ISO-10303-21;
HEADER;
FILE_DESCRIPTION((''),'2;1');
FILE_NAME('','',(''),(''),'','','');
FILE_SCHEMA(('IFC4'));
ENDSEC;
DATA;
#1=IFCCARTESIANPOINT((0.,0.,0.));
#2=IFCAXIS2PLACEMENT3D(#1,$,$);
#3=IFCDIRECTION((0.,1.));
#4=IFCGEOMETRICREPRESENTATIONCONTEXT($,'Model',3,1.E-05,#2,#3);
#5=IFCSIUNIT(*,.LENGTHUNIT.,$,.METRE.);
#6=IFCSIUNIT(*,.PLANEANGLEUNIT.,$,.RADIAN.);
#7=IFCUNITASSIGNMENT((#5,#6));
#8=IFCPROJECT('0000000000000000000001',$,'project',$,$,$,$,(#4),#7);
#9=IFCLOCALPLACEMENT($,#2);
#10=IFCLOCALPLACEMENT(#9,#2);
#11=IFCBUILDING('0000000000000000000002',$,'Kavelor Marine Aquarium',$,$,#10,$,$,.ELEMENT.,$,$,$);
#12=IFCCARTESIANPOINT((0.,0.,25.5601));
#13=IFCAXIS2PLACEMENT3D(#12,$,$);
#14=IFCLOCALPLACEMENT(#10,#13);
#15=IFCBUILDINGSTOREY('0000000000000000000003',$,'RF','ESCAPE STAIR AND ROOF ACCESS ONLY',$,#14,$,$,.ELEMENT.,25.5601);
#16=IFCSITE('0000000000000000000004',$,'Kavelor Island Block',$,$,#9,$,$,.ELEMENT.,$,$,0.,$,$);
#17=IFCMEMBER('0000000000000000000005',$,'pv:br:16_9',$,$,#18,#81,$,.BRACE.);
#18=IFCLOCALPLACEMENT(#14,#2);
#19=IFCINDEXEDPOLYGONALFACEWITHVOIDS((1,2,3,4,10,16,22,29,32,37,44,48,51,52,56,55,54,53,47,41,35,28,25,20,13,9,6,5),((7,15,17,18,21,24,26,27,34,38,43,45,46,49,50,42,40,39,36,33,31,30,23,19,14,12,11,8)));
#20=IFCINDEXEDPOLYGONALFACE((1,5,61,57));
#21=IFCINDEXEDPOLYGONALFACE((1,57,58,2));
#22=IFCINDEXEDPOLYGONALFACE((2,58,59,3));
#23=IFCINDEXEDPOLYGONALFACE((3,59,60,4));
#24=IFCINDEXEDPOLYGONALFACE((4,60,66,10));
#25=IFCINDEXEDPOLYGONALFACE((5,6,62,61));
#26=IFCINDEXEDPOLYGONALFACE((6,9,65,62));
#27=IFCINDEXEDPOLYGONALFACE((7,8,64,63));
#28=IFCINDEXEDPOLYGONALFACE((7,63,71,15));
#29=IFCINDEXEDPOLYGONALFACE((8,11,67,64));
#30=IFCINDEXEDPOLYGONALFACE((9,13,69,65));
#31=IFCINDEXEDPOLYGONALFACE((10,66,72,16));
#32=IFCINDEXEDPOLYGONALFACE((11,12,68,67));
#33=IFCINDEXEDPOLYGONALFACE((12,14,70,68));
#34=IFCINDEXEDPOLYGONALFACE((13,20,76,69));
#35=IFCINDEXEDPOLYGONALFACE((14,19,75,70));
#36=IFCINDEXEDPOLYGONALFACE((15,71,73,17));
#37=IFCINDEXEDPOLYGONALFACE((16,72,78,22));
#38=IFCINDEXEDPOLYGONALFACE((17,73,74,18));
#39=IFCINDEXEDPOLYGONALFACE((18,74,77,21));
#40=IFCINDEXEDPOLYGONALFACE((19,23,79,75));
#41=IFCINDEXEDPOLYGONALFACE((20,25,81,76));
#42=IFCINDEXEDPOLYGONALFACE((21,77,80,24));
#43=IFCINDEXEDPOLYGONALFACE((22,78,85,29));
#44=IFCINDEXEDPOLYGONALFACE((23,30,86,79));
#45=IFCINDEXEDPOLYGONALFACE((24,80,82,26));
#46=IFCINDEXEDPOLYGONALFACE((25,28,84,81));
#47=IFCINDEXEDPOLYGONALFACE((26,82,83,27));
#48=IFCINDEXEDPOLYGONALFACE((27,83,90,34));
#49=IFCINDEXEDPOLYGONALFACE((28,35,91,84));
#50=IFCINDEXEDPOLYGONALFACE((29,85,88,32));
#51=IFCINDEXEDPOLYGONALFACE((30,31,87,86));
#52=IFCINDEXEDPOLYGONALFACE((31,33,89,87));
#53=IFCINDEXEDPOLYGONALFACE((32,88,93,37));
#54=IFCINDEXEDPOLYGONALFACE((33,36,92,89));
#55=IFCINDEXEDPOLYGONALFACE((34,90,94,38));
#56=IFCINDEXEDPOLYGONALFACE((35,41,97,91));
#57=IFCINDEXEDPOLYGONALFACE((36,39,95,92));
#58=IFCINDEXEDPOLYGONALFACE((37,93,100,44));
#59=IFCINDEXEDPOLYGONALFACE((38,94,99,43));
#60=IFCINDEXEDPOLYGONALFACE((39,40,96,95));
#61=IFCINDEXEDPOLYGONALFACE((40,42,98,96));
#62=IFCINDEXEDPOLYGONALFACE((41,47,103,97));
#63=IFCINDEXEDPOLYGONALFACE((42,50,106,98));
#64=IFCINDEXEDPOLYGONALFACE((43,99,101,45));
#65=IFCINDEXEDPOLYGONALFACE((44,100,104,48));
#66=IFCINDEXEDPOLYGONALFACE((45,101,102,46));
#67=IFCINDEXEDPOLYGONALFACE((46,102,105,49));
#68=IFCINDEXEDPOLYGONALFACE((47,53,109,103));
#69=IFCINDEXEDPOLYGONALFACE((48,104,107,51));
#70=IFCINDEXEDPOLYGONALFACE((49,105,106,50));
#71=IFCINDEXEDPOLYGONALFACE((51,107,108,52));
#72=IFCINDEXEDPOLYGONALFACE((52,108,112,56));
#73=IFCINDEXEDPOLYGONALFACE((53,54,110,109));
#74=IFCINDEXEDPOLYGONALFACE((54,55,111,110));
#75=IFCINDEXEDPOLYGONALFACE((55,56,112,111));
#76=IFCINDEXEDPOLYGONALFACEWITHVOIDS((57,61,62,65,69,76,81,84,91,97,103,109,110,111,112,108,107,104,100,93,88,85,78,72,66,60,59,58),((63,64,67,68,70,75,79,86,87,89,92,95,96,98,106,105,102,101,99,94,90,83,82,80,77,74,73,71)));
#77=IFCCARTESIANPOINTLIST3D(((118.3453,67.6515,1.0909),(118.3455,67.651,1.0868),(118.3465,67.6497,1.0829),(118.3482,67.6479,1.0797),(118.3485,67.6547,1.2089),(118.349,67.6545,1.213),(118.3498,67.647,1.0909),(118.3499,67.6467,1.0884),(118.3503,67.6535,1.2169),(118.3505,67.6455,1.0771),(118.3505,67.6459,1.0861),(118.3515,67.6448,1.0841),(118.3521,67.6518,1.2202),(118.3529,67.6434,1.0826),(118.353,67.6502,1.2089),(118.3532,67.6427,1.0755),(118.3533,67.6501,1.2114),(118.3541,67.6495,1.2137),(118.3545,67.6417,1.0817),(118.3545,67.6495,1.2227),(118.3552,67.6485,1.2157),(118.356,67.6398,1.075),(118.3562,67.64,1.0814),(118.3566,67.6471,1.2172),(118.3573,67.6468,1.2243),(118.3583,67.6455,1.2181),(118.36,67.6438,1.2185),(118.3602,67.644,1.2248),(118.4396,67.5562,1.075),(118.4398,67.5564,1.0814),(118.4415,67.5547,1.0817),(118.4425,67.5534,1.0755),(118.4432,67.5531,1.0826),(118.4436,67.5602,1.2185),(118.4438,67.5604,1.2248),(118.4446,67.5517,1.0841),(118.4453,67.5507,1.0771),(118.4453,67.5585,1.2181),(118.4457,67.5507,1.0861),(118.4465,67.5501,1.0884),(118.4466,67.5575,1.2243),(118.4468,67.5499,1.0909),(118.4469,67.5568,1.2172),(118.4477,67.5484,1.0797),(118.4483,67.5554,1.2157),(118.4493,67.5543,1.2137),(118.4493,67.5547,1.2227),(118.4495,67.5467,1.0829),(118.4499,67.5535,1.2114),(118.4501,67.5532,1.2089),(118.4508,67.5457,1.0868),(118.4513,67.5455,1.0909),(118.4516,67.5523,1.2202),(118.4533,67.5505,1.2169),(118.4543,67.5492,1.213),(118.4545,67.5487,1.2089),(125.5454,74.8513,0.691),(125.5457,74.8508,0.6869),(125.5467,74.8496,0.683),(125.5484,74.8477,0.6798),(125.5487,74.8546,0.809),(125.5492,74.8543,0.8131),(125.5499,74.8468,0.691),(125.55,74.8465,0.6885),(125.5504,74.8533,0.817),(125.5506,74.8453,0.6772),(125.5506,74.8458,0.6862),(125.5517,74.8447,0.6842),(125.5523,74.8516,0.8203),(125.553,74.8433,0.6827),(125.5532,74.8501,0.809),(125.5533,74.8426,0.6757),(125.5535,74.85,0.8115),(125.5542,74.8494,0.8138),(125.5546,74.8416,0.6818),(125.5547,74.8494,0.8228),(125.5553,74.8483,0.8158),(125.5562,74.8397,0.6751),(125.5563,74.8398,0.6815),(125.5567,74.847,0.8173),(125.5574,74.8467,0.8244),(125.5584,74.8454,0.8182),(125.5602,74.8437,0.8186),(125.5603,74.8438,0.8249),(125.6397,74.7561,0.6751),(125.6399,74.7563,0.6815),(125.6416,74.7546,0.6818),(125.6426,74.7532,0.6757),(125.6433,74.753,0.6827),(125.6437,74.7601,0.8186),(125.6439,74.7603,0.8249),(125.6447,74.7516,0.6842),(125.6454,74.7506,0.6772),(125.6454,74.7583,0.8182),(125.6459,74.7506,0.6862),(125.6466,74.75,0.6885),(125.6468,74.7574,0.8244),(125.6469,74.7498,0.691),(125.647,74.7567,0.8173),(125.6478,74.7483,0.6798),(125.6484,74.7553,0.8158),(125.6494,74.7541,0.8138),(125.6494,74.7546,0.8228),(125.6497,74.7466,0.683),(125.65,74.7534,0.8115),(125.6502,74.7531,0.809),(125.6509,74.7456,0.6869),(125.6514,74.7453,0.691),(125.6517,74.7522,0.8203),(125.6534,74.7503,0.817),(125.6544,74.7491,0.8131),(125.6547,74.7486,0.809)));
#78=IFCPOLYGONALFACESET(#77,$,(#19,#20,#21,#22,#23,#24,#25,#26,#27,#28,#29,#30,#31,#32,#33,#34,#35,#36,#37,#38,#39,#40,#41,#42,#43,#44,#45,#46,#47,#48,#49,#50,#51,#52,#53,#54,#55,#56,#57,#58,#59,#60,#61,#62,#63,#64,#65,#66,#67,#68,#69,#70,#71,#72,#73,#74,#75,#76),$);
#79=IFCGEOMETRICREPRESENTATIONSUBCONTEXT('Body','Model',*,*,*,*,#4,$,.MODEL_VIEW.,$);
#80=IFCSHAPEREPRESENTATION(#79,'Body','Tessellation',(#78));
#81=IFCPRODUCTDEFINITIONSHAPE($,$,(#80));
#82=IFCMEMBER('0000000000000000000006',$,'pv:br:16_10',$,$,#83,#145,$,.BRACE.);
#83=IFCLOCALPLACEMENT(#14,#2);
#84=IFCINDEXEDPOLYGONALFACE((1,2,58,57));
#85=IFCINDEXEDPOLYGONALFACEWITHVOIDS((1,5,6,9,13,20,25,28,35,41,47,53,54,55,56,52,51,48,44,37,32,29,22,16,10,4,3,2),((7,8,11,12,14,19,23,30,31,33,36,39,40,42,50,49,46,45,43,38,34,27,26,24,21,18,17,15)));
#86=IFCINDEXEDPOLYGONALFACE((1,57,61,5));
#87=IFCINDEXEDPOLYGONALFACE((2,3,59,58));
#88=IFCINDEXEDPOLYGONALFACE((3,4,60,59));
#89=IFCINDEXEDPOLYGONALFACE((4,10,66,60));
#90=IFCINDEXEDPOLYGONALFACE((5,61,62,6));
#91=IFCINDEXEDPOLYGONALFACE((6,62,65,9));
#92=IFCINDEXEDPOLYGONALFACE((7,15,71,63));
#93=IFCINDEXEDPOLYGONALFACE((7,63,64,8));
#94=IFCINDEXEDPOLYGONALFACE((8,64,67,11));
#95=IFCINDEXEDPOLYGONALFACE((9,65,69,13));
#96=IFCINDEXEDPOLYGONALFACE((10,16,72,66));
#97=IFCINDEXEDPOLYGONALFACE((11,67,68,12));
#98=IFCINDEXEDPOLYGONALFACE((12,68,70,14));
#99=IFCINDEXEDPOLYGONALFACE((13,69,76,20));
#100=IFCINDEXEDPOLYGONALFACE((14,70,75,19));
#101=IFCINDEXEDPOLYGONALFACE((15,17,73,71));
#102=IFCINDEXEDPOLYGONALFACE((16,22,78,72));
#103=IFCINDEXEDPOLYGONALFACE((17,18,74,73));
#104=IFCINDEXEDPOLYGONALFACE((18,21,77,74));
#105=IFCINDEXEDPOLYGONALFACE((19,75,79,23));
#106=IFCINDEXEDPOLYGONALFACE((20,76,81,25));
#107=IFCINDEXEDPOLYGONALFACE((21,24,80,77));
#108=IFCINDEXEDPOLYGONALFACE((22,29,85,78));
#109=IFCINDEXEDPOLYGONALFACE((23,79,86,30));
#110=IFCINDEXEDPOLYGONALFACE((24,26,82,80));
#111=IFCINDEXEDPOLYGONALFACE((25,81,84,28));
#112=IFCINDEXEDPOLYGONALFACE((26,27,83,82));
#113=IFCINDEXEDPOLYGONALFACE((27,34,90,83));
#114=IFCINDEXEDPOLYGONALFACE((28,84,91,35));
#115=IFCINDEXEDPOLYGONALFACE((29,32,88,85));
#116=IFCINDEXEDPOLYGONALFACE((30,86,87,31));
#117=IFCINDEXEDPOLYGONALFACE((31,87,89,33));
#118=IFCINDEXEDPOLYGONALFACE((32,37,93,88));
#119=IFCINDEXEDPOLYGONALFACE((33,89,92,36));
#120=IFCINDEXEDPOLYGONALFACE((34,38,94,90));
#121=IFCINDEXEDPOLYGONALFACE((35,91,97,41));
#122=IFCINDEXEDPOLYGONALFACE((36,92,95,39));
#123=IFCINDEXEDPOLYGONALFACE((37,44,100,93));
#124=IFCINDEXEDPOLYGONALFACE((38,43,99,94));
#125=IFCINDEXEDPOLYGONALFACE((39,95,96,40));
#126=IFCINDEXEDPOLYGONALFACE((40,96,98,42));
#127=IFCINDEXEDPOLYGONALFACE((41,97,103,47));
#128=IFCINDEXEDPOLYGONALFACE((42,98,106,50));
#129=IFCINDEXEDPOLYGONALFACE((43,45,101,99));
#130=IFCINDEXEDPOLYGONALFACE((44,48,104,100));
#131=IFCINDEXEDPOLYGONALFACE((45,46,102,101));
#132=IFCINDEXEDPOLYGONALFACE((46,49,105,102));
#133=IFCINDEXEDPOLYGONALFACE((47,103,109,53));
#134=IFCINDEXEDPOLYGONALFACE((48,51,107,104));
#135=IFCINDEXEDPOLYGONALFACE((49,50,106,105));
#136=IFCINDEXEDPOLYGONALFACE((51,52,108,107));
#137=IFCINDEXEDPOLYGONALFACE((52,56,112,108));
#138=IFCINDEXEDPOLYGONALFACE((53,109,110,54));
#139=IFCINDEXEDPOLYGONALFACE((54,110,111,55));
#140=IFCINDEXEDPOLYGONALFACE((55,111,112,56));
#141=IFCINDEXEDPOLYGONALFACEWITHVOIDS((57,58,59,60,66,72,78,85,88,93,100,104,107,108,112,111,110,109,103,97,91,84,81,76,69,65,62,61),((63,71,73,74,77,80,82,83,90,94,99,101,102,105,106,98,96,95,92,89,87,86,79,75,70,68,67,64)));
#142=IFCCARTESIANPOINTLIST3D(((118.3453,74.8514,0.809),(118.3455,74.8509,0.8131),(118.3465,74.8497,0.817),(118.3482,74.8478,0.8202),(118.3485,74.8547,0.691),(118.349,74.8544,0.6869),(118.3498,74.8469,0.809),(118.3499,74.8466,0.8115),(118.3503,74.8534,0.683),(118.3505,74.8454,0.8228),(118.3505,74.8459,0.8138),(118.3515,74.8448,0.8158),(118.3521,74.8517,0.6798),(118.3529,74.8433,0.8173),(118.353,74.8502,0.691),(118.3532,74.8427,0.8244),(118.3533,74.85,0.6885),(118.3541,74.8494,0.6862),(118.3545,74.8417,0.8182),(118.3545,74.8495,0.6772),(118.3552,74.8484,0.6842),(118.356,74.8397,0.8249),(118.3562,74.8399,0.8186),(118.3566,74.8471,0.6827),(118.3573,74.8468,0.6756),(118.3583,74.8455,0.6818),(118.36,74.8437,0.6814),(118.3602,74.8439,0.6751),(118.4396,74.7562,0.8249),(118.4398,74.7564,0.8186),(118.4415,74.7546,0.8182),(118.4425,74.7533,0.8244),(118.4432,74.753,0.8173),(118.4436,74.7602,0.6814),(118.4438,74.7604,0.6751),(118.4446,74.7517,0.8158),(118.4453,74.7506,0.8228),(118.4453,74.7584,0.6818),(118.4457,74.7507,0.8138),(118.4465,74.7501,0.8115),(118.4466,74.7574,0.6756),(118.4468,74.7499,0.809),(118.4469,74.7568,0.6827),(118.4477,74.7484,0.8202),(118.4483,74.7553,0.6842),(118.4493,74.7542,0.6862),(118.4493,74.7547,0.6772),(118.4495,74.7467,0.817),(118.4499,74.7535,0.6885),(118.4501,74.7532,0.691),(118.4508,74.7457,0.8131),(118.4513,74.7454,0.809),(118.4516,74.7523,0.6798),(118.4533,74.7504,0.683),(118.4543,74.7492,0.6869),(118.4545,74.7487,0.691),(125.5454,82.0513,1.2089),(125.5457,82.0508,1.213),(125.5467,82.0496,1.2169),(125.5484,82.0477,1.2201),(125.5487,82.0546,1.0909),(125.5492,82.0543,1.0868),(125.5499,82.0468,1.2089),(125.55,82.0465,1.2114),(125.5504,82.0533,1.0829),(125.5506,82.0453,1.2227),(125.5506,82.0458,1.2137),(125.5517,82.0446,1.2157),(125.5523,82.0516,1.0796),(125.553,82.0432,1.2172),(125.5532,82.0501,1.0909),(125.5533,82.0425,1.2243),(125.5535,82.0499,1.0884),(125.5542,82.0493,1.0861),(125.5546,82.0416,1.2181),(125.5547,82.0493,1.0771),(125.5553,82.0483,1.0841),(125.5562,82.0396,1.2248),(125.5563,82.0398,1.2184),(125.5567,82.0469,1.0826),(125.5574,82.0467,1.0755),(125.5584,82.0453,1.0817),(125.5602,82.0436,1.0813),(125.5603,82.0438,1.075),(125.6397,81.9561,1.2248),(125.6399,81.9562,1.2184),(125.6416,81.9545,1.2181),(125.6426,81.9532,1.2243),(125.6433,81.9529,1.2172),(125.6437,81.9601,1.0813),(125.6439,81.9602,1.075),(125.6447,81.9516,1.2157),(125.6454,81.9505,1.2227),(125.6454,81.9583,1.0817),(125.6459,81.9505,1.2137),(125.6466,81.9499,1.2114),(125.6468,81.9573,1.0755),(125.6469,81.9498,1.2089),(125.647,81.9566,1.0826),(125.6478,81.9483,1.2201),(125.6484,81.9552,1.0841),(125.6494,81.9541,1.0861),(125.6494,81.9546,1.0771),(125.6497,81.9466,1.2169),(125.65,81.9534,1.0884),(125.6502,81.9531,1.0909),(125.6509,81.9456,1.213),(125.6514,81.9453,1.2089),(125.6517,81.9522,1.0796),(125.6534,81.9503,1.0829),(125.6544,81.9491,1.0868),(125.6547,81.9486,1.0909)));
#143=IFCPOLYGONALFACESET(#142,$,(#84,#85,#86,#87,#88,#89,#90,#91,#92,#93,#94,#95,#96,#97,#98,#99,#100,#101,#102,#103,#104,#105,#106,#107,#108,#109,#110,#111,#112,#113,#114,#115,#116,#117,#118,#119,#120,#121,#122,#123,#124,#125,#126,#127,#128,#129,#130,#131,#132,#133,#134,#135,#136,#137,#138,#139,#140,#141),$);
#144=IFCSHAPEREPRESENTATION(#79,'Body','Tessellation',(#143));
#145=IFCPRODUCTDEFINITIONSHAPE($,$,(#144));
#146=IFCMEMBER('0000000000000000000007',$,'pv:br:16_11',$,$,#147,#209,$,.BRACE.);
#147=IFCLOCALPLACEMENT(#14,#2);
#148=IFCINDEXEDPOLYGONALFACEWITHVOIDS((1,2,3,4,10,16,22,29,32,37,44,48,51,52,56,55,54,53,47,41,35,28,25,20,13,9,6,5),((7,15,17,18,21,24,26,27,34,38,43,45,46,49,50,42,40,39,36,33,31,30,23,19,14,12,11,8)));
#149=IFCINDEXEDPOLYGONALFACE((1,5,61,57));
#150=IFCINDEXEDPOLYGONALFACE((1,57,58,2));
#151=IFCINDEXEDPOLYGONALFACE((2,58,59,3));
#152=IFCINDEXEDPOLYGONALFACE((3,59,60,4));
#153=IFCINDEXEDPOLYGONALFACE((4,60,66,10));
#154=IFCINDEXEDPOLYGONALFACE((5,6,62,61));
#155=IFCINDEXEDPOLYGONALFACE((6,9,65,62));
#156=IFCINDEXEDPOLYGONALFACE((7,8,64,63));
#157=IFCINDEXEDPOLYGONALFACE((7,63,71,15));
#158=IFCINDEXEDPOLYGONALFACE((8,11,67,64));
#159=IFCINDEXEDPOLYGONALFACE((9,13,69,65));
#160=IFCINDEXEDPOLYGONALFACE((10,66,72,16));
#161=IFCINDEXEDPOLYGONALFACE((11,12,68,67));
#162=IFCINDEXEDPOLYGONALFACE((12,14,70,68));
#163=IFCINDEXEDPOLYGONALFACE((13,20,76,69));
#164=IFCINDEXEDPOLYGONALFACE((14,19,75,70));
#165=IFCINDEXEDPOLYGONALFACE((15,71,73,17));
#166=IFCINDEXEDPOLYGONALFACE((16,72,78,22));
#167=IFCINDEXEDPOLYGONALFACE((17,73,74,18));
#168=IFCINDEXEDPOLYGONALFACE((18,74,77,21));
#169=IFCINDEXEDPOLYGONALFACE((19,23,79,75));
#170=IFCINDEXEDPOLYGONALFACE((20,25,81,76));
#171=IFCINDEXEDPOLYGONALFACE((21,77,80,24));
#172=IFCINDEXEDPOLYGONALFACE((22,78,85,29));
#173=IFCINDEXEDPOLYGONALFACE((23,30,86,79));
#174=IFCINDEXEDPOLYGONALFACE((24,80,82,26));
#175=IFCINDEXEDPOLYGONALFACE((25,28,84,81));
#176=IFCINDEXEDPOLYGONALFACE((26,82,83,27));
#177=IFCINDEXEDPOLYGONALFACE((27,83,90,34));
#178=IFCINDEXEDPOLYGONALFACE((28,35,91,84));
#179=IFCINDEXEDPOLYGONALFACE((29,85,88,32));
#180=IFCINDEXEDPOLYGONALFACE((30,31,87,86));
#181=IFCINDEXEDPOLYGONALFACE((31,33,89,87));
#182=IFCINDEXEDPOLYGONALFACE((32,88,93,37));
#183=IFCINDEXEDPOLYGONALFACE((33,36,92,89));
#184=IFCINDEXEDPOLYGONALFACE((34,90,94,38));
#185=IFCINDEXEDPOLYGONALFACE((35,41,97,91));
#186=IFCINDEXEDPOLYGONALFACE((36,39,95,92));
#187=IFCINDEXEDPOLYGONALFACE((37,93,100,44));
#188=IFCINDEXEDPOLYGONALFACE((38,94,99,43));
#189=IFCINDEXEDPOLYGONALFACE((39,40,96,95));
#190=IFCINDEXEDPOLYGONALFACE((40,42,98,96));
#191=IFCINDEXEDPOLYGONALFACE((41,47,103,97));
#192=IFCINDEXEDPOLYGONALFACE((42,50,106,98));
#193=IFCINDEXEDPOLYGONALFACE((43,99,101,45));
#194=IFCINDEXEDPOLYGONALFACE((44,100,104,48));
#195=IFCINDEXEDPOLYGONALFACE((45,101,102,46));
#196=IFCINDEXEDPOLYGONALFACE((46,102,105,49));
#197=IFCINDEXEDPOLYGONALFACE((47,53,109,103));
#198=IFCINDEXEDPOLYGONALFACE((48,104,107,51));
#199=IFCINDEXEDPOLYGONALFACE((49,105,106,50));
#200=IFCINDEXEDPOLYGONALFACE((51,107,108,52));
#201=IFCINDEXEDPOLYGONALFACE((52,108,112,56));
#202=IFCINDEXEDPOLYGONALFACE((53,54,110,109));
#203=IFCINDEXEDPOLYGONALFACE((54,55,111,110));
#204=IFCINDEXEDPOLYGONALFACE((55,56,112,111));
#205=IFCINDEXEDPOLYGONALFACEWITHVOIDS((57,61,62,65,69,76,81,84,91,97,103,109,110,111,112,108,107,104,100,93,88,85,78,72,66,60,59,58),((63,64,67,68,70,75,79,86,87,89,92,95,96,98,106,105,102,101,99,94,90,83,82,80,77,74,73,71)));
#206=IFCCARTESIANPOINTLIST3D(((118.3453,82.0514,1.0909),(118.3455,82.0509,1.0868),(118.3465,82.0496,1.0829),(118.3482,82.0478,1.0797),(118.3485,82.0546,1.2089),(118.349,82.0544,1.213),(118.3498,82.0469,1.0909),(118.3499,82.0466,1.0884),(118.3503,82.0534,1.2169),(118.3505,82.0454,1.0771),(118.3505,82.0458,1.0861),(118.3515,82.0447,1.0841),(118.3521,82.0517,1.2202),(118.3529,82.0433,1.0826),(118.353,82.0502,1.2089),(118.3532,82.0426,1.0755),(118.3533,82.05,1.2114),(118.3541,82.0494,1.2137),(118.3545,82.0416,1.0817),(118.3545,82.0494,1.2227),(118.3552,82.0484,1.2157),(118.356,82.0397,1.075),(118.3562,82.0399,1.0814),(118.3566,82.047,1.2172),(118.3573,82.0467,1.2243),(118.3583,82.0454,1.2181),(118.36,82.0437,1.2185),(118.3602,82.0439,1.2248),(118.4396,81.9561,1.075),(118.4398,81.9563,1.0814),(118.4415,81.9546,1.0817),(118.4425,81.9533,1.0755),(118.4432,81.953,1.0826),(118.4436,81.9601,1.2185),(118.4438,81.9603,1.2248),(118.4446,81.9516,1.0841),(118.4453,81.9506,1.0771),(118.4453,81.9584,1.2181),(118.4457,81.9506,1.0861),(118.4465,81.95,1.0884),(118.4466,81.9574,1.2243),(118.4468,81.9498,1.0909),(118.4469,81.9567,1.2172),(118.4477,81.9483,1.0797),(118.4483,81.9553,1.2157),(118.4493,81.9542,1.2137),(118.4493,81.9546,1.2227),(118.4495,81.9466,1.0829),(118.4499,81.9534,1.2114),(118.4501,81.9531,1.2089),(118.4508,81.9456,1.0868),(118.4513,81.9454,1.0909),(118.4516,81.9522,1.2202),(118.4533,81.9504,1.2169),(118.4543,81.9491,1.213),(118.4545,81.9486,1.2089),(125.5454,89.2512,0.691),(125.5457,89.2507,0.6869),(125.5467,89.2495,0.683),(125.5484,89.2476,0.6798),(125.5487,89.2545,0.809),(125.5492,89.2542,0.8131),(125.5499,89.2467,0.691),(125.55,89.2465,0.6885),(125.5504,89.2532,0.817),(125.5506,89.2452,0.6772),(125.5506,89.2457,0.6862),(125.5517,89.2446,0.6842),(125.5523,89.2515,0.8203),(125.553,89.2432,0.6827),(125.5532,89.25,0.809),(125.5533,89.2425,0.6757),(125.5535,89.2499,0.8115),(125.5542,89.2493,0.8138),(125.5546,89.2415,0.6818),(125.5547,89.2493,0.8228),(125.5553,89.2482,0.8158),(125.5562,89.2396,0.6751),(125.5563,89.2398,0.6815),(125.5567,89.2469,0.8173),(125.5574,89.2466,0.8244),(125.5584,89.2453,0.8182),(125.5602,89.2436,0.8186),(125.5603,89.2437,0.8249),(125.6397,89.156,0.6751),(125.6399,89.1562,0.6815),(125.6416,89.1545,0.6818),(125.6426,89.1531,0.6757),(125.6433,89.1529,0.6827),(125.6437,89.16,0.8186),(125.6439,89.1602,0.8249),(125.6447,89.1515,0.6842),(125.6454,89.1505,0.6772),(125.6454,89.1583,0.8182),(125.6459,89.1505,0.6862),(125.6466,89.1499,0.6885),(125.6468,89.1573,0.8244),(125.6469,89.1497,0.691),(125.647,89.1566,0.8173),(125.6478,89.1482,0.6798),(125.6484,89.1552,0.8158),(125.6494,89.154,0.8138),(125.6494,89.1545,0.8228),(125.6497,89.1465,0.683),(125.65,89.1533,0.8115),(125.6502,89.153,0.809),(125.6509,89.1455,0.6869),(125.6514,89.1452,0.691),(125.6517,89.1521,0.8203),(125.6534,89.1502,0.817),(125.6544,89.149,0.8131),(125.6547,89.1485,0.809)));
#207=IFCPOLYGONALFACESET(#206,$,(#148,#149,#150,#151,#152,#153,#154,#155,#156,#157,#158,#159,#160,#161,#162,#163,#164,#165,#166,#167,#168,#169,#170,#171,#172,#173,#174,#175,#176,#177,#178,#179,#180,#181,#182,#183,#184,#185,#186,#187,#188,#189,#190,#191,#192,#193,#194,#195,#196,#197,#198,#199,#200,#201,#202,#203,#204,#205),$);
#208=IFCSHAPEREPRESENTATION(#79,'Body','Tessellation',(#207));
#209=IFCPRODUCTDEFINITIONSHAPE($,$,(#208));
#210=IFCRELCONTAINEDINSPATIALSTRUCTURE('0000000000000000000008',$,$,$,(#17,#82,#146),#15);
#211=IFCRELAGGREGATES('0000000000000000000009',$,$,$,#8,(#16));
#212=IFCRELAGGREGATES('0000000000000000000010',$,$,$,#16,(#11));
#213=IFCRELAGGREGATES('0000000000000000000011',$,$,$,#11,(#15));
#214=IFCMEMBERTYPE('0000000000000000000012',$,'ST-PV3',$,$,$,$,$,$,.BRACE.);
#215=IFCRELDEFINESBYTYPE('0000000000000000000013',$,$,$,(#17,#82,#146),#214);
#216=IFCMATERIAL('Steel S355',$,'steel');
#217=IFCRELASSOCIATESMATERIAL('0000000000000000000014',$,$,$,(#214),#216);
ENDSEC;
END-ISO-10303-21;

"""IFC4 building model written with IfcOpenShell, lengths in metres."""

from ifc_helpers import new_model, si_unit, direction, frame, origin, origin_2d, place, context, subcontext, project, spatial, hollow_rectangle, extrude, material, material_profile, profile_set, type_object, element, save


model = new_model("IFC4")

# Units and contexts
model_context = context("Model", 3, precision=1e-05, world=origin(), true_north=direction((0.0, 1.0)))
body_context = subcontext(model_context, "Body", "Model", "MODEL_VIEW")
ifc_project = project(units=[si_unit("LENGTHUNIT", "METRE"), si_unit("PLANEANGLEUNIT", "RADIAN")], contexts=[model_context])

# Site, building, storey
site_placement = place(None, origin())
site = spatial("IfcSite", under=ifc_project, at=site_placement, Name="Kavelor Island Block", CompositionType="ELEMENT", RefElevation=0.0)
building_placement = place(site_placement, origin())
building = spatial("IfcBuilding", under=site, at=building_placement, Name="Kavelor Marine Aquarium", CompositionType="ELEMENT")
storey_placement = place(building_placement, frame((0.0, 0.0, 25.5601)))
storey = spatial("IfcBuildingStorey", under=building, at=storey_placement, Name="RF", Description="ESCAPE STAIR AND ROOF ACCESS ONLY", CompositionType="ELEMENT", Elevation=25.5601)

# Members
ifc_material_1 = material(Name="Steel S355", Category="steel")
ifc_material_profile_1 = material_profile(ifc_material_1, hollow_rectangle(XDim=0.1499, YDim=0.1499, WallThickness=0.0063, InnerFilletRadius=0.0095, OuterFilletRadius=0.0159, at=origin_2d()), Name="SHS 150x150x6.3")
ifc_profile_set_1 = profile_set([ifc_material_profile_1], Name="Steel S355")
member_type_1 = type_object("IfcMemberType", Name="ST-PV3", PredefinedType="BRACE", material=ifc_profile_set_1)
for number, where, z_axis, x_axis, name in (
    (1, (118.3999, 67.6001, 1.1499), (0.706574, 0.70655, -0.039243), (-0.707095, 0.707119, 0.0), "pv:br:16_9"),
    (2, (118.3999, 74.8, 0.75), (0.706574, 0.70655, 0.039243), (-0.707095, 0.707119, 0.0), "pv:br:16_10"),
    (3, (118.3999, 82.0, 1.1499), (0.706574, 0.70655, -0.039243), (-0.707095, 0.707119, 0.0), "pv:br:16_11"),
):
    element("IfcMember", number, at=place(storey_placement, frame(where, z_axis=z_axis, x_axis=x_axis)), inside=storey, type_object=member_type_1, Name=name, PredefinedType="BRACE", context=body_context, shape_type="SweptSolid", body=[
        extrude(hollow_rectangle(XDim=0.1499, YDim=0.1499, WallThickness=0.0063, InnerFilletRadius=0.0095, OuterFilletRadius=0.0159, at=origin_2d()), origin(), (0.0, 0.0, 1.0), 10.1902),
    ])

save(model, "model.ifc")
